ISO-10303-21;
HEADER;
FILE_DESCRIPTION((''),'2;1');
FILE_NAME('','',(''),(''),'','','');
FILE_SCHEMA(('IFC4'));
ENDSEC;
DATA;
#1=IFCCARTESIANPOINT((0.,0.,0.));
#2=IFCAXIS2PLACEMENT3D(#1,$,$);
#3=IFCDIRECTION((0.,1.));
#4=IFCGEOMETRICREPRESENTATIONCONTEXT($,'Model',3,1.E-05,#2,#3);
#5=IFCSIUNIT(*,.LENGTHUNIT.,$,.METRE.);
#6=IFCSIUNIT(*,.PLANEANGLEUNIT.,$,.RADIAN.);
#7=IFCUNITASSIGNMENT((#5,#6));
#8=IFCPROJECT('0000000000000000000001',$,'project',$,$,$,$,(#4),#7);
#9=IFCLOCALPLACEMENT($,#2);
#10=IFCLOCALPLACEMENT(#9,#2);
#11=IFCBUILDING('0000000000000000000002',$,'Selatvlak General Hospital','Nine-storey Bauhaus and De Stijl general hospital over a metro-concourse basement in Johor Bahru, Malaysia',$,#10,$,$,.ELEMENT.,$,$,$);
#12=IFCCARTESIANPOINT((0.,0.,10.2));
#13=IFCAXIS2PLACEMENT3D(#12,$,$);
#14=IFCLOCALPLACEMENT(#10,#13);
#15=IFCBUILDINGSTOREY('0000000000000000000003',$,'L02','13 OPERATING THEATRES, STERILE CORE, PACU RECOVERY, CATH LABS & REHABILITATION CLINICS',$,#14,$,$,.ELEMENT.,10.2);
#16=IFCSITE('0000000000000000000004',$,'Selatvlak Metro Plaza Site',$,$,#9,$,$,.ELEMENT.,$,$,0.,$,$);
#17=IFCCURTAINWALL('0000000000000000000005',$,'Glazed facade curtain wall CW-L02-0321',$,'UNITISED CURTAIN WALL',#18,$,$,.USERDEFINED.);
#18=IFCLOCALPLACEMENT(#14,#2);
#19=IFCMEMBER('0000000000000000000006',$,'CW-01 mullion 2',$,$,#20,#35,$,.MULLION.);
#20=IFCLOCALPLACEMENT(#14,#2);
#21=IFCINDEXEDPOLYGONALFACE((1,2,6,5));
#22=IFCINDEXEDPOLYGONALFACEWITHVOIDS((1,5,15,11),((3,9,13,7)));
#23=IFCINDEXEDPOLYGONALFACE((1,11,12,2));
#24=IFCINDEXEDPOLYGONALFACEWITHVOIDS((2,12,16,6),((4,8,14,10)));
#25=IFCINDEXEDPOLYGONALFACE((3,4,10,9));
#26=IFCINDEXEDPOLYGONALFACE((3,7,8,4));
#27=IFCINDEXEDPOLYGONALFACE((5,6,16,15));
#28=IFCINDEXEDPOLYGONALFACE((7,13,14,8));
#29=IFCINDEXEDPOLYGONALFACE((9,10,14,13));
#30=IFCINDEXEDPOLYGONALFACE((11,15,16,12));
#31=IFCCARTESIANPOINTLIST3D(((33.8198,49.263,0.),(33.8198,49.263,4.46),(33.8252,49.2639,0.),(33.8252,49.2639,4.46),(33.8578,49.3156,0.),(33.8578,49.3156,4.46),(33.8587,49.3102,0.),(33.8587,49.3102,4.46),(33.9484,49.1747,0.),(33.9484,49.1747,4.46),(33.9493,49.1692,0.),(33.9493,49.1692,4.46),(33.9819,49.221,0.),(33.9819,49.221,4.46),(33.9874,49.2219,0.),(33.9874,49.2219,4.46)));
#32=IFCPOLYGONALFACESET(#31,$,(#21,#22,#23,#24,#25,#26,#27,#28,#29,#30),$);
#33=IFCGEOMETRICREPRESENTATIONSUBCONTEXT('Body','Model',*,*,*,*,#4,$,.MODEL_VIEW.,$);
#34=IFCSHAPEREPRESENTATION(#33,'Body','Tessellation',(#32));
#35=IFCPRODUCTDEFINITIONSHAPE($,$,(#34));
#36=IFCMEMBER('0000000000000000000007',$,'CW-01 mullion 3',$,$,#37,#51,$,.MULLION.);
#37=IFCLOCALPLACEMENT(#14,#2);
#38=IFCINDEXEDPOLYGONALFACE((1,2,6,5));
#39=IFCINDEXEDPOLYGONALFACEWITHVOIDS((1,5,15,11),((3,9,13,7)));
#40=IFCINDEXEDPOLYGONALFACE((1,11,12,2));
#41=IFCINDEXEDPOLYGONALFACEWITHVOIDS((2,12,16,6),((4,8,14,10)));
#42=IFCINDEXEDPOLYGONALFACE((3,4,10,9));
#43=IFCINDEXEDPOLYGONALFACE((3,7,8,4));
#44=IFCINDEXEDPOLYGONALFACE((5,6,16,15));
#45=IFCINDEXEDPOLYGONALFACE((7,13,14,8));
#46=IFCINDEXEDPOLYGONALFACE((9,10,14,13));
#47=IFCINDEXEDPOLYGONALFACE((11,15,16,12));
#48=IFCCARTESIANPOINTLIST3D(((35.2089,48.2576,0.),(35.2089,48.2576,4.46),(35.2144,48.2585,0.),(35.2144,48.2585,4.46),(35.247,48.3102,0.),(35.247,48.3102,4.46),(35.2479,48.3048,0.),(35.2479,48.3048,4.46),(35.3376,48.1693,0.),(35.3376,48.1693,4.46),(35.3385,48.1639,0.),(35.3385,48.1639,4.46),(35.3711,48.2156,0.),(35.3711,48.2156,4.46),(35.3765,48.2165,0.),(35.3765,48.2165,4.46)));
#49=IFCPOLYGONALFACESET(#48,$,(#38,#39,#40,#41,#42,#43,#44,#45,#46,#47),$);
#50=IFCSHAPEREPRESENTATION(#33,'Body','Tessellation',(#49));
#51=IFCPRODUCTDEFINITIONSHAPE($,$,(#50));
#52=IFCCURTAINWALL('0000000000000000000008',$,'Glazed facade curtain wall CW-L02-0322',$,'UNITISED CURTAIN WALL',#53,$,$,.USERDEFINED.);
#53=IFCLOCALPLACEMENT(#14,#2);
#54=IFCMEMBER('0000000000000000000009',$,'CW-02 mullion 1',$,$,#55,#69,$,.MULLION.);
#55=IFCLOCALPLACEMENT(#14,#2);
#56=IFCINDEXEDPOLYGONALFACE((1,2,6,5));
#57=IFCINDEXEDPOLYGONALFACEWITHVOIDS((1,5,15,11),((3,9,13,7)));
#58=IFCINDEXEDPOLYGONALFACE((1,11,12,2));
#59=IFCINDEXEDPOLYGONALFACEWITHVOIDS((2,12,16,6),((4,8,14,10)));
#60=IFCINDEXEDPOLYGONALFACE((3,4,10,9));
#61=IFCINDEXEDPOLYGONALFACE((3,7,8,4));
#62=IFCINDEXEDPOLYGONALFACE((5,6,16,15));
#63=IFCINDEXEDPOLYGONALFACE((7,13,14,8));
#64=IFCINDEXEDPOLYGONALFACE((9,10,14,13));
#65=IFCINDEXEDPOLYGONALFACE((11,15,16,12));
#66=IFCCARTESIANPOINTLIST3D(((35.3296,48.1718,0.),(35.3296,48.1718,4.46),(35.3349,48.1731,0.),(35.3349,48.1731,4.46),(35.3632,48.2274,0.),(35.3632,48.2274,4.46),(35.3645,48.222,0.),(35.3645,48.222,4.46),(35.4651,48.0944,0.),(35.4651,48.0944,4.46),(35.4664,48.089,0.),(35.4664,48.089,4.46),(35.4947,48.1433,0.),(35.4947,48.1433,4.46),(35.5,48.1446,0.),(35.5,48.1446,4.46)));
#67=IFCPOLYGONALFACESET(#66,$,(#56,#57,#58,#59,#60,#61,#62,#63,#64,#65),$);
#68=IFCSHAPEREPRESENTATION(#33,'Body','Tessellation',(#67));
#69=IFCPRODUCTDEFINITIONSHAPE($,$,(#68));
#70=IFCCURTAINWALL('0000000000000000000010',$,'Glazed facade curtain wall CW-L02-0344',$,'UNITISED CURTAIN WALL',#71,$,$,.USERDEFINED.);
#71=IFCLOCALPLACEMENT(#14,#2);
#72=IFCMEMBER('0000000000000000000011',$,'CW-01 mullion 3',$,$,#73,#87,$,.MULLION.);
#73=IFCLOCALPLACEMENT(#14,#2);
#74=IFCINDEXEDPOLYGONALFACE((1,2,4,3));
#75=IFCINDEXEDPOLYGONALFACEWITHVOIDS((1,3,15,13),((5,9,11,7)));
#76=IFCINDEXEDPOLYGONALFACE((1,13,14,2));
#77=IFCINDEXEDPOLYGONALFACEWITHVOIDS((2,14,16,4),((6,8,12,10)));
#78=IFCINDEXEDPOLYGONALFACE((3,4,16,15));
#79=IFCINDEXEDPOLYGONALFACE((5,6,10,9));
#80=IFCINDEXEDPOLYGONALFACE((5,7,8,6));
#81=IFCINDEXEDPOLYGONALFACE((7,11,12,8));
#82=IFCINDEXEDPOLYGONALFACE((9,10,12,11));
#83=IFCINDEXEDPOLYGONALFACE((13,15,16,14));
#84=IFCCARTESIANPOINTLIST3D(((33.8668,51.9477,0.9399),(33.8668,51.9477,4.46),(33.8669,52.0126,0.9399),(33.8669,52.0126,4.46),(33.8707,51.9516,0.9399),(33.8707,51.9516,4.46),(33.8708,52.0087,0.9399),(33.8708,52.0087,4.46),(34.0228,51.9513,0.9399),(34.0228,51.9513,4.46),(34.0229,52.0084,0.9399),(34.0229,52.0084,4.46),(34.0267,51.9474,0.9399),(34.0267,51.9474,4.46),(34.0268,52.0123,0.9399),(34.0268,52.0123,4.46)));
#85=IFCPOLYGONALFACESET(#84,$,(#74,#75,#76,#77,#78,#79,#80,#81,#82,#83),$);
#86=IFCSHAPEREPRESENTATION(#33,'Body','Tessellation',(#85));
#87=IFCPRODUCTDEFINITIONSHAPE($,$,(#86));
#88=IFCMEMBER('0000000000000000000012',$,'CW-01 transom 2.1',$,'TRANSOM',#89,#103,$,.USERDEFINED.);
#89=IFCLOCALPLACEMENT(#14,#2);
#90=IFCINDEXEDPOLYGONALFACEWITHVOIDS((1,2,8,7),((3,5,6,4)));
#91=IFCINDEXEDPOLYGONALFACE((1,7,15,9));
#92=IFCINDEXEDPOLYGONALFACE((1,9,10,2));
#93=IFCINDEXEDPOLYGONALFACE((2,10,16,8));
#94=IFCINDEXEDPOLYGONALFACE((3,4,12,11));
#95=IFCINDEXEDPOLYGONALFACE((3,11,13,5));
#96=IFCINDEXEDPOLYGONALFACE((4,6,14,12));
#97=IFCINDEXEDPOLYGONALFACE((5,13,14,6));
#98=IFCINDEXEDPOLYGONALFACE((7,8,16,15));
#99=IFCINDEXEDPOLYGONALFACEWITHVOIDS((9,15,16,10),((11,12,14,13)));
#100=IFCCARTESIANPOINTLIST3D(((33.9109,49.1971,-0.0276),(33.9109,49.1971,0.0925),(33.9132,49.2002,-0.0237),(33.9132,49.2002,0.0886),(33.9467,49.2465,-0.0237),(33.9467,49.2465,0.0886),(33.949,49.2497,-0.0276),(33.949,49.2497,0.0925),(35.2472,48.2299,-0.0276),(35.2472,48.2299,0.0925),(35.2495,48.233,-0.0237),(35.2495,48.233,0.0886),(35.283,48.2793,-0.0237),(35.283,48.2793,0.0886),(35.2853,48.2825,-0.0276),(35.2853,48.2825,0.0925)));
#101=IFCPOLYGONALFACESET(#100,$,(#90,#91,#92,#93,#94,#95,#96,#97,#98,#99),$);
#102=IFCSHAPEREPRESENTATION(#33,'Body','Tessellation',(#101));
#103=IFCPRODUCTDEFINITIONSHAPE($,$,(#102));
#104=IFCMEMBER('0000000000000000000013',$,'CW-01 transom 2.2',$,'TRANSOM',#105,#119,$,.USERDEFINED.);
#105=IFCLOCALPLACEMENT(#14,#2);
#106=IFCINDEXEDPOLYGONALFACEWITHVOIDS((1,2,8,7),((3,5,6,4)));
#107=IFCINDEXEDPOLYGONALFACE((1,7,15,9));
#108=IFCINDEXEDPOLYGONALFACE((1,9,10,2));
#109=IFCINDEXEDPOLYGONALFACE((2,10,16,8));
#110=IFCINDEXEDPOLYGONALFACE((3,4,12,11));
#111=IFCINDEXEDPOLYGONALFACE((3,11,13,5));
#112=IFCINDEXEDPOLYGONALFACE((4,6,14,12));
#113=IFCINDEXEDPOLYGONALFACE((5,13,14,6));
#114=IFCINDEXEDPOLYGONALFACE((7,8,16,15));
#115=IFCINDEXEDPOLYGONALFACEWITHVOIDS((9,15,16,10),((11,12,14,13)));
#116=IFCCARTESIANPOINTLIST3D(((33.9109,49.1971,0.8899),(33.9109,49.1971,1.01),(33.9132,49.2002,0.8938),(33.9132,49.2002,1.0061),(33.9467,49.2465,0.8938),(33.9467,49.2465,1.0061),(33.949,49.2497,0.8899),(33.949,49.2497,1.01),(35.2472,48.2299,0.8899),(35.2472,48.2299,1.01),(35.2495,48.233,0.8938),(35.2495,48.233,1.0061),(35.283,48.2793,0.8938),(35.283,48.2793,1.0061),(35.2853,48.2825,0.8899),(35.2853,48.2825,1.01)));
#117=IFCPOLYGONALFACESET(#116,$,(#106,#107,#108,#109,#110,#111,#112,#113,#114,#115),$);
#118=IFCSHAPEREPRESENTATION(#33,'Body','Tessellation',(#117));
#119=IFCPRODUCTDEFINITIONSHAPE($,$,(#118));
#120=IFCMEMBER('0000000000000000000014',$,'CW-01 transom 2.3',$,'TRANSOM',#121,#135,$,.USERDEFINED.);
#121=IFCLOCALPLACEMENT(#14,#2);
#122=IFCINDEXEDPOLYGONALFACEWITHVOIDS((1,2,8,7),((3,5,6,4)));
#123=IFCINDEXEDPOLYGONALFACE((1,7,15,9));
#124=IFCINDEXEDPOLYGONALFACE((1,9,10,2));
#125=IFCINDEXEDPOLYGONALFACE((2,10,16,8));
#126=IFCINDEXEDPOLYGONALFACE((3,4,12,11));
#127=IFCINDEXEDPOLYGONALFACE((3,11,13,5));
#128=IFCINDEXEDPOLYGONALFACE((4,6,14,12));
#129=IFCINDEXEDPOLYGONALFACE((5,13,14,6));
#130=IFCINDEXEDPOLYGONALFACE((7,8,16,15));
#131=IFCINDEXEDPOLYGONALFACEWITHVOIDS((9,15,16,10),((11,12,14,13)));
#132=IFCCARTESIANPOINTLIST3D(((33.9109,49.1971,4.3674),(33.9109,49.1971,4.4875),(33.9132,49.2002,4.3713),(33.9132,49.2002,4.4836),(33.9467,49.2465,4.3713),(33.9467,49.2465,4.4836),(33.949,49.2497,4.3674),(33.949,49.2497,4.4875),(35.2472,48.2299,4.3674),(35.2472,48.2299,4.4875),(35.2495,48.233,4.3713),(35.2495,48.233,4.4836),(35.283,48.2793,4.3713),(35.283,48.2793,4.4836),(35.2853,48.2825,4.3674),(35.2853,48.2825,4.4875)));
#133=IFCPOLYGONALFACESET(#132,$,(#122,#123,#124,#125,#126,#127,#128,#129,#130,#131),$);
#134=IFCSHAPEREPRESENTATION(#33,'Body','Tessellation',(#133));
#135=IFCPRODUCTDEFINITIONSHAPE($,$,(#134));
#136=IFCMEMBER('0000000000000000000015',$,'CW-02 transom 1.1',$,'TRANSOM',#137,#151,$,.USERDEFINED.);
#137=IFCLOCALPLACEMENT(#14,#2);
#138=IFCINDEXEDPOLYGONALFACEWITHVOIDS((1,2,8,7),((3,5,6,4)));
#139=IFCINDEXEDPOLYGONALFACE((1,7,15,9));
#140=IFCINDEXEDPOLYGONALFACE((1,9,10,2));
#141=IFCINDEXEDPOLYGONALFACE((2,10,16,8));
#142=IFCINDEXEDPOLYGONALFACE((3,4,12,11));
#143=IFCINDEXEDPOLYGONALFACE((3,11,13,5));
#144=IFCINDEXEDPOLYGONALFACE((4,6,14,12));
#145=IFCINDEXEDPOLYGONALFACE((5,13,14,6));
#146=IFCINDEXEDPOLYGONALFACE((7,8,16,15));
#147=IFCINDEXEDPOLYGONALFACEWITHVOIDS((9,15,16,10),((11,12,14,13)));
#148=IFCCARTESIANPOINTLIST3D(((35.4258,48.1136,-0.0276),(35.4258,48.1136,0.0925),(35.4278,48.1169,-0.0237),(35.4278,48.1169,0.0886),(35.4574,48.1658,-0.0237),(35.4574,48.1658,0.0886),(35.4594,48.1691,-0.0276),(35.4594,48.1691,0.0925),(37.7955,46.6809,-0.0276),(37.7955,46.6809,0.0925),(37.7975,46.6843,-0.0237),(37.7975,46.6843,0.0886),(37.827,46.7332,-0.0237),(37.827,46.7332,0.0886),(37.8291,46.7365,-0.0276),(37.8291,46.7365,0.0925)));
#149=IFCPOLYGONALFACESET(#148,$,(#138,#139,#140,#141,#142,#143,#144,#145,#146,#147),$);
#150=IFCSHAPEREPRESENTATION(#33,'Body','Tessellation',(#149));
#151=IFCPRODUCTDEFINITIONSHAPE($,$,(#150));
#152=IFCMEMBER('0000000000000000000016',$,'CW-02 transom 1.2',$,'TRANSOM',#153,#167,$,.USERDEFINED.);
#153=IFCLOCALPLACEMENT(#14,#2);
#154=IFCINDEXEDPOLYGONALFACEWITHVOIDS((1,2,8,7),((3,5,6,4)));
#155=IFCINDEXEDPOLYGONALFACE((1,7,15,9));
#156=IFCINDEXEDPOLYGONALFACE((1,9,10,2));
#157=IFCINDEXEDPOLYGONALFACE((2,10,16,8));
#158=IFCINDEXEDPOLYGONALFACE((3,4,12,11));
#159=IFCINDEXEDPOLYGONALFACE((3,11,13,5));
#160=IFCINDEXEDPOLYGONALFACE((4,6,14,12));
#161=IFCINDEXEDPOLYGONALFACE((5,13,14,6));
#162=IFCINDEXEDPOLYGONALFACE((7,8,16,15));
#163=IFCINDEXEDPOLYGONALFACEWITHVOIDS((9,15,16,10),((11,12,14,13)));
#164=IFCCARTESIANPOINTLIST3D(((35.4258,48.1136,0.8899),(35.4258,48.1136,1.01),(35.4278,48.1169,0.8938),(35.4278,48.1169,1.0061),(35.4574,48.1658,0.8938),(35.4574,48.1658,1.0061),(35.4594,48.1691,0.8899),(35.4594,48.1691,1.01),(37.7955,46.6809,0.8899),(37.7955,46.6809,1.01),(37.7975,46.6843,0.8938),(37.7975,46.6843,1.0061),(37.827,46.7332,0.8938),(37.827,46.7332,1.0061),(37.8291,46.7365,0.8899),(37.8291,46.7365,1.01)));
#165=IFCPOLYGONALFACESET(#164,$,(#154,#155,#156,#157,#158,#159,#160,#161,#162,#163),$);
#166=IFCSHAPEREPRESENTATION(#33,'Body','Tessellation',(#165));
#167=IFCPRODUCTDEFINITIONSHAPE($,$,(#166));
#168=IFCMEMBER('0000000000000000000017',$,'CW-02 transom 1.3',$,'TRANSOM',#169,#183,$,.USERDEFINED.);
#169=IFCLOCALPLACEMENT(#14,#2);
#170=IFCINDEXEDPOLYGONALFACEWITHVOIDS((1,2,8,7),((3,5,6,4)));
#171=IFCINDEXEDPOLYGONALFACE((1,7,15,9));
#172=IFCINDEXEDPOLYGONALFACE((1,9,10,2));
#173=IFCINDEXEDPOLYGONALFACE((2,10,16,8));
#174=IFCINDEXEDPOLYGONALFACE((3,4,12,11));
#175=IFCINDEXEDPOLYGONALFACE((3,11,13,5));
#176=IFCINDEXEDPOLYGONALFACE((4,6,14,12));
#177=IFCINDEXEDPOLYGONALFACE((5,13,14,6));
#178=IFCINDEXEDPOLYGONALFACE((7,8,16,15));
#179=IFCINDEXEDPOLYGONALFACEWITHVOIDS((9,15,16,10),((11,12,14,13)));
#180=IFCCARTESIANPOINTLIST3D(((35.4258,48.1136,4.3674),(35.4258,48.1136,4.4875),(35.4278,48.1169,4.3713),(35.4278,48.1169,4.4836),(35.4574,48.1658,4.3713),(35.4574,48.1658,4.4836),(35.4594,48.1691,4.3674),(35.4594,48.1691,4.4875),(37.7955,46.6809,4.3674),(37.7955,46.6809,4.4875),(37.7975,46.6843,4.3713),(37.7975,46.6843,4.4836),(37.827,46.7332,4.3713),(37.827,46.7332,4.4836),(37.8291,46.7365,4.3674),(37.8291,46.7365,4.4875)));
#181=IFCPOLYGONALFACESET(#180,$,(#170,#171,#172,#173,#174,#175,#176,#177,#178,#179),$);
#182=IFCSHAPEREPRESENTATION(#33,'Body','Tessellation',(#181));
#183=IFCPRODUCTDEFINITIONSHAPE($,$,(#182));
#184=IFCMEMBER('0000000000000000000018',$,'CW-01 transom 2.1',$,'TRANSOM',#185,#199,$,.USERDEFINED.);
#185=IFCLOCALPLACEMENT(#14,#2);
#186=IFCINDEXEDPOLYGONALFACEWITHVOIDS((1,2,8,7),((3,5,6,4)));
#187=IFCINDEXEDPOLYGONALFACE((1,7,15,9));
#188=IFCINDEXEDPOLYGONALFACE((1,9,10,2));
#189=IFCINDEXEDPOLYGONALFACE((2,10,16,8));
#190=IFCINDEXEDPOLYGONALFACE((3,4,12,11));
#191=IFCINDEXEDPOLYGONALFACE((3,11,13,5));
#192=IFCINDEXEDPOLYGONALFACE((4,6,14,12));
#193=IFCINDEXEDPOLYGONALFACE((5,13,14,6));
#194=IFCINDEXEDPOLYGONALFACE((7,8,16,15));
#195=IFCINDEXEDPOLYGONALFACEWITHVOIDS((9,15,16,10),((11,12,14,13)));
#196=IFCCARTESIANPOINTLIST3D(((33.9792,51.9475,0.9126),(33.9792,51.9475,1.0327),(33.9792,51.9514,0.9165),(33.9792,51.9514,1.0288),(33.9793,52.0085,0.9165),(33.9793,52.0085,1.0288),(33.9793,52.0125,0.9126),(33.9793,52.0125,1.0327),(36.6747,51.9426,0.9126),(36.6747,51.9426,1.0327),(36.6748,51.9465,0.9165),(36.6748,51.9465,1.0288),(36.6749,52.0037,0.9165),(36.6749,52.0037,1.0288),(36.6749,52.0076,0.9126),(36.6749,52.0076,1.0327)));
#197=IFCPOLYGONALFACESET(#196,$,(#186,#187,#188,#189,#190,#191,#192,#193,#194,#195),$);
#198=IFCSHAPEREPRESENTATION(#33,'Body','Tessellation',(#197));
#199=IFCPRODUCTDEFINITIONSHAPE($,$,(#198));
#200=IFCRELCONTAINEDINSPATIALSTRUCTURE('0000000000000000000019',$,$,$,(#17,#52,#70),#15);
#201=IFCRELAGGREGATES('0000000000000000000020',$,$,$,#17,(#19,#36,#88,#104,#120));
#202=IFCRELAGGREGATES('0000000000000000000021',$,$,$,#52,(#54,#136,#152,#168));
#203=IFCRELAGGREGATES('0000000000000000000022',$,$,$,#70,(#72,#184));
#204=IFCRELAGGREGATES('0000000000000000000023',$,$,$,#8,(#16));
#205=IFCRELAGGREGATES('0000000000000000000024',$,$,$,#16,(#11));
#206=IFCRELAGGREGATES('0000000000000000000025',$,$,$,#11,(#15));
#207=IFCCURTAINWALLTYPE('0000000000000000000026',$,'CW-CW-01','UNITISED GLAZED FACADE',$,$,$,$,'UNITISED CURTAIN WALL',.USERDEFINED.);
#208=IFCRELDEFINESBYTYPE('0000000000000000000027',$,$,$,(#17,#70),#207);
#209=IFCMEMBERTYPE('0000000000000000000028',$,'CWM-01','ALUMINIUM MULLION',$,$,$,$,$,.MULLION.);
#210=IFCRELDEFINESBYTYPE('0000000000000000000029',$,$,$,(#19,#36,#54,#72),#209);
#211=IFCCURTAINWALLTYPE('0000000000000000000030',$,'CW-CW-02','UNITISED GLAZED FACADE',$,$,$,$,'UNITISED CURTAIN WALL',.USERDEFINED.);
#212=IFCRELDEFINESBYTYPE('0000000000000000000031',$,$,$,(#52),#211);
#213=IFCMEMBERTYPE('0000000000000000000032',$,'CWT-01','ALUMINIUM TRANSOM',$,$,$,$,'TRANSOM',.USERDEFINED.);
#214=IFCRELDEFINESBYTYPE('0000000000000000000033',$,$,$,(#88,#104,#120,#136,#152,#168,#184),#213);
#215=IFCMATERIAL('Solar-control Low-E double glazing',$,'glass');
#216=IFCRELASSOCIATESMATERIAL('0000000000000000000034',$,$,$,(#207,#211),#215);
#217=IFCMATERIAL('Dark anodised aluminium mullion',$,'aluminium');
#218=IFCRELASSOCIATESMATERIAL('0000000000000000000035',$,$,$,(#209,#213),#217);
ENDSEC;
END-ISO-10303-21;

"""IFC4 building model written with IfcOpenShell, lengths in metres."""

from ifc_helpers import new_model, si_unit, direction, frame, origin, origin_2d, place, context, subcontext, project, spatial, hollow_rectangle, extrude, material, material_profile, profile_set, type_object, element, aggregate, save


model = new_model("IFC4")

# Units and contexts
model_context = context("Model", 3, precision=1e-05, world=origin(), true_north=direction((0.0, 1.0)))
body_context = subcontext(model_context, "Body", "Model", "MODEL_VIEW")
ifc_project = project(units=[si_unit("LENGTHUNIT", "METRE"), si_unit("PLANEANGLEUNIT", "RADIAN")], contexts=[model_context])

# Site, building, storey
site_placement = place(None, origin())
site = spatial("IfcSite", under=ifc_project, at=site_placement, Name="Selatvlak Metro Plaza Site", CompositionType="ELEMENT", RefElevation=0.0)
building_placement = place(site_placement, origin())
building = spatial("IfcBuilding", under=site, at=building_placement, Name="Selatvlak General Hospital", Description="Nine-storey Bauhaus and De Stijl general hospital over a metro-concourse basement in Johor Bahru, Malaysia", CompositionType="ELEMENT")
storey_placement = place(building_placement, frame((0.0, 0.0, 10.2)))
storey = spatial("IfcBuildingStorey", under=building, at=storey_placement, Name="L02", Description="13 OPERATING THEATRES, STERILE CORE, PACU RECOVERY, CATH LABS & REHABILITATION CLINICS", CompositionType="ELEMENT", Elevation=10.2)

# Curtain wall, members
ifc_material_1 = material(Name="Solar-control Low-E double glazing", Category="glass")
curtain_wall_type_1 = type_object("IfcCurtainWallType", Name="CW-CW-01", Description="UNITISED GLAZED FACADE", ElementType="UNITISED CURTAIN WALL", PredefinedType="USERDEFINED", material=ifc_material_1)
curtain_wall_1_placement = place(storey_placement, origin())
curtain_wall_1 = element("IfcCurtainWall", 1, at=curtain_wall_1_placement, inside=storey, type_object=curtain_wall_type_1, Name="Glazed facade curtain wall CW-L02-0321", ObjectType="UNITISED CURTAIN WALL", PredefinedType="USERDEFINED")
ifc_material_2 = material(Name="Dark anodised aluminium mullion", Category="aluminium")
ifc_material_profile_1 = material_profile(ifc_material_2, hollow_rectangle(XDim=0.0649, YDim=0.1599, WallThickness=0.0039, at=origin_2d()), Name="AL-MUL 65x160x4")
ifc_profile_set_1 = profile_set([ifc_material_profile_1], Name="Dark anodised aluminium mullion")
member_type_1 = type_object("IfcMemberType", Name="CWM-01", Description="ALUMINIUM MULLION", PredefinedType="MULLION", material=ifc_profile_set_1)
member_1_placement = place(storey_placement, frame((33.9036, 49.2424, 0.0), z_axis=(0.0, 0.0, 1.0), x_axis=(0.586316, 0.810083, 0.0)))
member_1 = element("IfcMember", 2, at=member_1_placement, type_object=member_type_1, Name="CW-01 mullion 2", PredefinedType="MULLION", context=body_context, shape_type="SweptSolid", body=[
    extrude(hollow_rectangle(XDim=0.0649, YDim=0.1599, WallThickness=0.0039, at=origin_2d()), origin(), (0.0, 0.0, 1.0), 4.46),
])
member_2_placement = place(storey_placement, frame((35.2927, 48.2371, 0.0), z_axis=(0.0, 0.0, 1.0), x_axis=(0.586316, 0.810083, 0.0)))
member_2 = element("IfcMember", 3, at=member_2_placement, type_object=member_type_1, Name="CW-01 mullion 3", PredefinedType="MULLION", context=body_context, shape_type="SweptSolid", body=[
    extrude(hollow_rectangle(XDim=0.0649, YDim=0.1599, WallThickness=0.0039, at=origin_2d()), origin(), (0.0, 0.0, 1.0), 4.46),
])

# Curtain walls, members
curtain_wall_type_2 = type_object("IfcCurtainWallType", Name="CW-CW-02", Description="UNITISED GLAZED FACADE", ElementType="UNITISED CURTAIN WALL", PredefinedType="USERDEFINED", material=ifc_material_1)
curtain_wall_2_placement = place(storey_placement, origin())
curtain_wall_2 = element("IfcCurtainWall", 4, at=curtain_wall_2_placement, inside=storey, type_object=curtain_wall_type_2, Name="Glazed facade curtain wall CW-L02-0322", ObjectType="UNITISED CURTAIN WALL", PredefinedType="USERDEFINED")
member_3_placement = place(storey_placement, frame((35.4148, 48.1582, 0.0), z_axis=(0.0, 0.0, 1.0), x_axis=(0.517384, 0.855753, 0.0)))
member_3 = element("IfcMember", 5, at=member_3_placement, type_object=member_type_1, Name="CW-02 mullion 1", PredefinedType="MULLION", context=body_context, shape_type="SweptSolid", body=[
    extrude(hollow_rectangle(XDim=0.0649, YDim=0.1599, WallThickness=0.0039, at=origin_2d()), origin(), (0.0, 0.0, 1.0), 4.46),
])
curtain_wall_3_placement = place(storey_placement, origin())
curtain_wall_3 = element("IfcCurtainWall", 6, at=curtain_wall_3_placement, inside=storey, type_object=curtain_wall_type_1, Name="Glazed facade curtain wall CW-L02-0344", ObjectType="UNITISED CURTAIN WALL", PredefinedType="USERDEFINED")
member_4_placement = place(storey_placement, frame((33.9468, 51.98, 0.9399), z_axis=(0.0, 0.0, 1.0), x_axis=(-0.001811, -0.999998, 0.0)))
member_4 = element("IfcMember", 7, at=member_4_placement, type_object=member_type_1, Name="CW-01 mullion 3", PredefinedType="MULLION", context=body_context, shape_type="SweptSolid", body=[
    extrude(hollow_rectangle(XDim=0.0649, YDim=0.1599, WallThickness=0.0039, at=origin_2d()), origin(), (0.0, 0.0, 1.0), 3.52),
])

# Members
ifc_material_profile_2 = material_profile(ifc_material_2, hollow_rectangle(XDim=0.0649, YDim=0.1201, WallThickness=0.0039, at=origin_2d()), Name="AL-TRN 65x120x4")
ifc_profile_set_2 = profile_set([ifc_material_profile_2], Name="Dark anodised aluminium mullion")
member_type_2 = type_object("IfcMemberType", Name="CWT-01", Description="ALUMINIUM TRANSOM", ElementType="TRANSOM", PredefinedType="USERDEFINED", material=ifc_profile_set_2)
member_5_placement = place(storey_placement, frame((33.9299, 49.2234, 0.0325), z_axis=(0.810078, -0.586322, 0.0), x_axis=(0.586322, 0.810078, 0.0)))
member_5 = element("IfcMember", 8, at=member_5_placement, type_object=member_type_2, Name="CW-01 transom 2.1", ObjectType="TRANSOM", PredefinedType="USERDEFINED", context=body_context, shape_type="SweptSolid", body=[
    extrude(hollow_rectangle(XDim=0.0649, YDim=0.1201, WallThickness=0.0039, at=origin_2d()), origin(), (0.0, 0.0, 1.0), 1.6497),
])
member_6_placement = place(storey_placement, frame((33.9299, 49.2234, 0.95), z_axis=(0.810078, -0.586322, 0.0), x_axis=(0.586322, 0.810078, 0.0)))
member_6 = element("IfcMember", 9, at=member_6_placement, type_object=member_type_2, Name="CW-01 transom 2.2", ObjectType="TRANSOM", PredefinedType="USERDEFINED", context=body_context, shape_type="SweptSolid", body=[
    extrude(hollow_rectangle(XDim=0.0649, YDim=0.1201, WallThickness=0.0039, at=origin_2d()), origin(), (0.0, 0.0, 1.0), 1.6497),
])
member_7_placement = place(storey_placement, frame((33.9299, 49.2234, 4.4275), z_axis=(0.810078, -0.586322, 0.0), x_axis=(0.586322, 0.810078, 0.0)))
member_7 = element("IfcMember", 10, at=member_7_placement, type_object=member_type_2, Name="CW-01 transom 2.3", ObjectType="TRANSOM", PredefinedType="USERDEFINED", context=body_context, shape_type="SweptSolid", body=[
    extrude(hollow_rectangle(XDim=0.0649, YDim=0.1201, WallThickness=0.0039, at=origin_2d()), origin(), (0.0, 0.0, 1.0), 1.6497),
])
member_8_placement = place(storey_placement, frame((35.4426, 48.1414, 0.0325), z_axis=(0.855761, -0.517371, 0.0), x_axis=(0.517371, 0.855761, 0.0)))
member_8 = element("IfcMember", 11, at=member_8_placement, type_object=member_type_2, Name="CW-02 transom 1.1", ObjectType="TRANSOM", PredefinedType="USERDEFINED", context=body_context, shape_type="SweptSolid", body=[
    extrude(hollow_rectangle(XDim=0.0649, YDim=0.1201, WallThickness=0.0039, at=origin_2d()), origin(), (0.0, 0.0, 1.0), 2.769),
])
member_9_placement = place(storey_placement, frame((35.4426, 48.1414, 0.95), z_axis=(0.855761, -0.517371, 0.0), x_axis=(0.517371, 0.855761, 0.0)))
member_9 = element("IfcMember", 12, at=member_9_placement, type_object=member_type_2, Name="CW-02 transom 1.2", ObjectType="TRANSOM", PredefinedType="USERDEFINED", context=body_context, shape_type="SweptSolid", body=[
    extrude(hollow_rectangle(XDim=0.0649, YDim=0.1201, WallThickness=0.0039, at=origin_2d()), origin(), (0.0, 0.0, 1.0), 2.769),
])
member_10_placement = place(storey_placement, frame((35.4426, 48.1414, 4.4275), z_axis=(0.855761, -0.517371, 0.0), x_axis=(0.517371, 0.855761, 0.0)))
member_10 = element("IfcMember", 13, at=member_10_placement, type_object=member_type_2, Name="CW-02 transom 1.3", ObjectType="TRANSOM", PredefinedType="USERDEFINED", context=body_context, shape_type="SweptSolid", body=[
    extrude(hollow_rectangle(XDim=0.0649, YDim=0.1201, WallThickness=0.0039, at=origin_2d()), origin(), (0.0, 0.0, 1.0), 2.769),
])
member_11_placement = place(storey_placement, frame((36.6748, 51.9751, 0.9727), z_axis=(-0.999998, 0.001811, 0.0), x_axis=(-0.001811, -0.999998, 0.0)))
member_11 = element("IfcMember", 14, at=member_11_placement, type_object=member_type_2, Name="CW-01 transom 2.1", ObjectType="TRANSOM", PredefinedType="USERDEFINED", context=body_context, shape_type="SweptSolid", body=[
    extrude(hollow_rectangle(XDim=0.0649, YDim=0.1201, WallThickness=0.0039, at=origin_2d()), origin(), (0.0, 0.0, 1.0), 2.6956),
])

aggregate(curtain_wall_1, [member_1, member_2, member_5, member_6, member_7])
aggregate(curtain_wall_2, [member_3, member_8, member_9, member_10])
aggregate(curtain_wall_3, [member_4, member_11])

save(model, "model.ifc")
